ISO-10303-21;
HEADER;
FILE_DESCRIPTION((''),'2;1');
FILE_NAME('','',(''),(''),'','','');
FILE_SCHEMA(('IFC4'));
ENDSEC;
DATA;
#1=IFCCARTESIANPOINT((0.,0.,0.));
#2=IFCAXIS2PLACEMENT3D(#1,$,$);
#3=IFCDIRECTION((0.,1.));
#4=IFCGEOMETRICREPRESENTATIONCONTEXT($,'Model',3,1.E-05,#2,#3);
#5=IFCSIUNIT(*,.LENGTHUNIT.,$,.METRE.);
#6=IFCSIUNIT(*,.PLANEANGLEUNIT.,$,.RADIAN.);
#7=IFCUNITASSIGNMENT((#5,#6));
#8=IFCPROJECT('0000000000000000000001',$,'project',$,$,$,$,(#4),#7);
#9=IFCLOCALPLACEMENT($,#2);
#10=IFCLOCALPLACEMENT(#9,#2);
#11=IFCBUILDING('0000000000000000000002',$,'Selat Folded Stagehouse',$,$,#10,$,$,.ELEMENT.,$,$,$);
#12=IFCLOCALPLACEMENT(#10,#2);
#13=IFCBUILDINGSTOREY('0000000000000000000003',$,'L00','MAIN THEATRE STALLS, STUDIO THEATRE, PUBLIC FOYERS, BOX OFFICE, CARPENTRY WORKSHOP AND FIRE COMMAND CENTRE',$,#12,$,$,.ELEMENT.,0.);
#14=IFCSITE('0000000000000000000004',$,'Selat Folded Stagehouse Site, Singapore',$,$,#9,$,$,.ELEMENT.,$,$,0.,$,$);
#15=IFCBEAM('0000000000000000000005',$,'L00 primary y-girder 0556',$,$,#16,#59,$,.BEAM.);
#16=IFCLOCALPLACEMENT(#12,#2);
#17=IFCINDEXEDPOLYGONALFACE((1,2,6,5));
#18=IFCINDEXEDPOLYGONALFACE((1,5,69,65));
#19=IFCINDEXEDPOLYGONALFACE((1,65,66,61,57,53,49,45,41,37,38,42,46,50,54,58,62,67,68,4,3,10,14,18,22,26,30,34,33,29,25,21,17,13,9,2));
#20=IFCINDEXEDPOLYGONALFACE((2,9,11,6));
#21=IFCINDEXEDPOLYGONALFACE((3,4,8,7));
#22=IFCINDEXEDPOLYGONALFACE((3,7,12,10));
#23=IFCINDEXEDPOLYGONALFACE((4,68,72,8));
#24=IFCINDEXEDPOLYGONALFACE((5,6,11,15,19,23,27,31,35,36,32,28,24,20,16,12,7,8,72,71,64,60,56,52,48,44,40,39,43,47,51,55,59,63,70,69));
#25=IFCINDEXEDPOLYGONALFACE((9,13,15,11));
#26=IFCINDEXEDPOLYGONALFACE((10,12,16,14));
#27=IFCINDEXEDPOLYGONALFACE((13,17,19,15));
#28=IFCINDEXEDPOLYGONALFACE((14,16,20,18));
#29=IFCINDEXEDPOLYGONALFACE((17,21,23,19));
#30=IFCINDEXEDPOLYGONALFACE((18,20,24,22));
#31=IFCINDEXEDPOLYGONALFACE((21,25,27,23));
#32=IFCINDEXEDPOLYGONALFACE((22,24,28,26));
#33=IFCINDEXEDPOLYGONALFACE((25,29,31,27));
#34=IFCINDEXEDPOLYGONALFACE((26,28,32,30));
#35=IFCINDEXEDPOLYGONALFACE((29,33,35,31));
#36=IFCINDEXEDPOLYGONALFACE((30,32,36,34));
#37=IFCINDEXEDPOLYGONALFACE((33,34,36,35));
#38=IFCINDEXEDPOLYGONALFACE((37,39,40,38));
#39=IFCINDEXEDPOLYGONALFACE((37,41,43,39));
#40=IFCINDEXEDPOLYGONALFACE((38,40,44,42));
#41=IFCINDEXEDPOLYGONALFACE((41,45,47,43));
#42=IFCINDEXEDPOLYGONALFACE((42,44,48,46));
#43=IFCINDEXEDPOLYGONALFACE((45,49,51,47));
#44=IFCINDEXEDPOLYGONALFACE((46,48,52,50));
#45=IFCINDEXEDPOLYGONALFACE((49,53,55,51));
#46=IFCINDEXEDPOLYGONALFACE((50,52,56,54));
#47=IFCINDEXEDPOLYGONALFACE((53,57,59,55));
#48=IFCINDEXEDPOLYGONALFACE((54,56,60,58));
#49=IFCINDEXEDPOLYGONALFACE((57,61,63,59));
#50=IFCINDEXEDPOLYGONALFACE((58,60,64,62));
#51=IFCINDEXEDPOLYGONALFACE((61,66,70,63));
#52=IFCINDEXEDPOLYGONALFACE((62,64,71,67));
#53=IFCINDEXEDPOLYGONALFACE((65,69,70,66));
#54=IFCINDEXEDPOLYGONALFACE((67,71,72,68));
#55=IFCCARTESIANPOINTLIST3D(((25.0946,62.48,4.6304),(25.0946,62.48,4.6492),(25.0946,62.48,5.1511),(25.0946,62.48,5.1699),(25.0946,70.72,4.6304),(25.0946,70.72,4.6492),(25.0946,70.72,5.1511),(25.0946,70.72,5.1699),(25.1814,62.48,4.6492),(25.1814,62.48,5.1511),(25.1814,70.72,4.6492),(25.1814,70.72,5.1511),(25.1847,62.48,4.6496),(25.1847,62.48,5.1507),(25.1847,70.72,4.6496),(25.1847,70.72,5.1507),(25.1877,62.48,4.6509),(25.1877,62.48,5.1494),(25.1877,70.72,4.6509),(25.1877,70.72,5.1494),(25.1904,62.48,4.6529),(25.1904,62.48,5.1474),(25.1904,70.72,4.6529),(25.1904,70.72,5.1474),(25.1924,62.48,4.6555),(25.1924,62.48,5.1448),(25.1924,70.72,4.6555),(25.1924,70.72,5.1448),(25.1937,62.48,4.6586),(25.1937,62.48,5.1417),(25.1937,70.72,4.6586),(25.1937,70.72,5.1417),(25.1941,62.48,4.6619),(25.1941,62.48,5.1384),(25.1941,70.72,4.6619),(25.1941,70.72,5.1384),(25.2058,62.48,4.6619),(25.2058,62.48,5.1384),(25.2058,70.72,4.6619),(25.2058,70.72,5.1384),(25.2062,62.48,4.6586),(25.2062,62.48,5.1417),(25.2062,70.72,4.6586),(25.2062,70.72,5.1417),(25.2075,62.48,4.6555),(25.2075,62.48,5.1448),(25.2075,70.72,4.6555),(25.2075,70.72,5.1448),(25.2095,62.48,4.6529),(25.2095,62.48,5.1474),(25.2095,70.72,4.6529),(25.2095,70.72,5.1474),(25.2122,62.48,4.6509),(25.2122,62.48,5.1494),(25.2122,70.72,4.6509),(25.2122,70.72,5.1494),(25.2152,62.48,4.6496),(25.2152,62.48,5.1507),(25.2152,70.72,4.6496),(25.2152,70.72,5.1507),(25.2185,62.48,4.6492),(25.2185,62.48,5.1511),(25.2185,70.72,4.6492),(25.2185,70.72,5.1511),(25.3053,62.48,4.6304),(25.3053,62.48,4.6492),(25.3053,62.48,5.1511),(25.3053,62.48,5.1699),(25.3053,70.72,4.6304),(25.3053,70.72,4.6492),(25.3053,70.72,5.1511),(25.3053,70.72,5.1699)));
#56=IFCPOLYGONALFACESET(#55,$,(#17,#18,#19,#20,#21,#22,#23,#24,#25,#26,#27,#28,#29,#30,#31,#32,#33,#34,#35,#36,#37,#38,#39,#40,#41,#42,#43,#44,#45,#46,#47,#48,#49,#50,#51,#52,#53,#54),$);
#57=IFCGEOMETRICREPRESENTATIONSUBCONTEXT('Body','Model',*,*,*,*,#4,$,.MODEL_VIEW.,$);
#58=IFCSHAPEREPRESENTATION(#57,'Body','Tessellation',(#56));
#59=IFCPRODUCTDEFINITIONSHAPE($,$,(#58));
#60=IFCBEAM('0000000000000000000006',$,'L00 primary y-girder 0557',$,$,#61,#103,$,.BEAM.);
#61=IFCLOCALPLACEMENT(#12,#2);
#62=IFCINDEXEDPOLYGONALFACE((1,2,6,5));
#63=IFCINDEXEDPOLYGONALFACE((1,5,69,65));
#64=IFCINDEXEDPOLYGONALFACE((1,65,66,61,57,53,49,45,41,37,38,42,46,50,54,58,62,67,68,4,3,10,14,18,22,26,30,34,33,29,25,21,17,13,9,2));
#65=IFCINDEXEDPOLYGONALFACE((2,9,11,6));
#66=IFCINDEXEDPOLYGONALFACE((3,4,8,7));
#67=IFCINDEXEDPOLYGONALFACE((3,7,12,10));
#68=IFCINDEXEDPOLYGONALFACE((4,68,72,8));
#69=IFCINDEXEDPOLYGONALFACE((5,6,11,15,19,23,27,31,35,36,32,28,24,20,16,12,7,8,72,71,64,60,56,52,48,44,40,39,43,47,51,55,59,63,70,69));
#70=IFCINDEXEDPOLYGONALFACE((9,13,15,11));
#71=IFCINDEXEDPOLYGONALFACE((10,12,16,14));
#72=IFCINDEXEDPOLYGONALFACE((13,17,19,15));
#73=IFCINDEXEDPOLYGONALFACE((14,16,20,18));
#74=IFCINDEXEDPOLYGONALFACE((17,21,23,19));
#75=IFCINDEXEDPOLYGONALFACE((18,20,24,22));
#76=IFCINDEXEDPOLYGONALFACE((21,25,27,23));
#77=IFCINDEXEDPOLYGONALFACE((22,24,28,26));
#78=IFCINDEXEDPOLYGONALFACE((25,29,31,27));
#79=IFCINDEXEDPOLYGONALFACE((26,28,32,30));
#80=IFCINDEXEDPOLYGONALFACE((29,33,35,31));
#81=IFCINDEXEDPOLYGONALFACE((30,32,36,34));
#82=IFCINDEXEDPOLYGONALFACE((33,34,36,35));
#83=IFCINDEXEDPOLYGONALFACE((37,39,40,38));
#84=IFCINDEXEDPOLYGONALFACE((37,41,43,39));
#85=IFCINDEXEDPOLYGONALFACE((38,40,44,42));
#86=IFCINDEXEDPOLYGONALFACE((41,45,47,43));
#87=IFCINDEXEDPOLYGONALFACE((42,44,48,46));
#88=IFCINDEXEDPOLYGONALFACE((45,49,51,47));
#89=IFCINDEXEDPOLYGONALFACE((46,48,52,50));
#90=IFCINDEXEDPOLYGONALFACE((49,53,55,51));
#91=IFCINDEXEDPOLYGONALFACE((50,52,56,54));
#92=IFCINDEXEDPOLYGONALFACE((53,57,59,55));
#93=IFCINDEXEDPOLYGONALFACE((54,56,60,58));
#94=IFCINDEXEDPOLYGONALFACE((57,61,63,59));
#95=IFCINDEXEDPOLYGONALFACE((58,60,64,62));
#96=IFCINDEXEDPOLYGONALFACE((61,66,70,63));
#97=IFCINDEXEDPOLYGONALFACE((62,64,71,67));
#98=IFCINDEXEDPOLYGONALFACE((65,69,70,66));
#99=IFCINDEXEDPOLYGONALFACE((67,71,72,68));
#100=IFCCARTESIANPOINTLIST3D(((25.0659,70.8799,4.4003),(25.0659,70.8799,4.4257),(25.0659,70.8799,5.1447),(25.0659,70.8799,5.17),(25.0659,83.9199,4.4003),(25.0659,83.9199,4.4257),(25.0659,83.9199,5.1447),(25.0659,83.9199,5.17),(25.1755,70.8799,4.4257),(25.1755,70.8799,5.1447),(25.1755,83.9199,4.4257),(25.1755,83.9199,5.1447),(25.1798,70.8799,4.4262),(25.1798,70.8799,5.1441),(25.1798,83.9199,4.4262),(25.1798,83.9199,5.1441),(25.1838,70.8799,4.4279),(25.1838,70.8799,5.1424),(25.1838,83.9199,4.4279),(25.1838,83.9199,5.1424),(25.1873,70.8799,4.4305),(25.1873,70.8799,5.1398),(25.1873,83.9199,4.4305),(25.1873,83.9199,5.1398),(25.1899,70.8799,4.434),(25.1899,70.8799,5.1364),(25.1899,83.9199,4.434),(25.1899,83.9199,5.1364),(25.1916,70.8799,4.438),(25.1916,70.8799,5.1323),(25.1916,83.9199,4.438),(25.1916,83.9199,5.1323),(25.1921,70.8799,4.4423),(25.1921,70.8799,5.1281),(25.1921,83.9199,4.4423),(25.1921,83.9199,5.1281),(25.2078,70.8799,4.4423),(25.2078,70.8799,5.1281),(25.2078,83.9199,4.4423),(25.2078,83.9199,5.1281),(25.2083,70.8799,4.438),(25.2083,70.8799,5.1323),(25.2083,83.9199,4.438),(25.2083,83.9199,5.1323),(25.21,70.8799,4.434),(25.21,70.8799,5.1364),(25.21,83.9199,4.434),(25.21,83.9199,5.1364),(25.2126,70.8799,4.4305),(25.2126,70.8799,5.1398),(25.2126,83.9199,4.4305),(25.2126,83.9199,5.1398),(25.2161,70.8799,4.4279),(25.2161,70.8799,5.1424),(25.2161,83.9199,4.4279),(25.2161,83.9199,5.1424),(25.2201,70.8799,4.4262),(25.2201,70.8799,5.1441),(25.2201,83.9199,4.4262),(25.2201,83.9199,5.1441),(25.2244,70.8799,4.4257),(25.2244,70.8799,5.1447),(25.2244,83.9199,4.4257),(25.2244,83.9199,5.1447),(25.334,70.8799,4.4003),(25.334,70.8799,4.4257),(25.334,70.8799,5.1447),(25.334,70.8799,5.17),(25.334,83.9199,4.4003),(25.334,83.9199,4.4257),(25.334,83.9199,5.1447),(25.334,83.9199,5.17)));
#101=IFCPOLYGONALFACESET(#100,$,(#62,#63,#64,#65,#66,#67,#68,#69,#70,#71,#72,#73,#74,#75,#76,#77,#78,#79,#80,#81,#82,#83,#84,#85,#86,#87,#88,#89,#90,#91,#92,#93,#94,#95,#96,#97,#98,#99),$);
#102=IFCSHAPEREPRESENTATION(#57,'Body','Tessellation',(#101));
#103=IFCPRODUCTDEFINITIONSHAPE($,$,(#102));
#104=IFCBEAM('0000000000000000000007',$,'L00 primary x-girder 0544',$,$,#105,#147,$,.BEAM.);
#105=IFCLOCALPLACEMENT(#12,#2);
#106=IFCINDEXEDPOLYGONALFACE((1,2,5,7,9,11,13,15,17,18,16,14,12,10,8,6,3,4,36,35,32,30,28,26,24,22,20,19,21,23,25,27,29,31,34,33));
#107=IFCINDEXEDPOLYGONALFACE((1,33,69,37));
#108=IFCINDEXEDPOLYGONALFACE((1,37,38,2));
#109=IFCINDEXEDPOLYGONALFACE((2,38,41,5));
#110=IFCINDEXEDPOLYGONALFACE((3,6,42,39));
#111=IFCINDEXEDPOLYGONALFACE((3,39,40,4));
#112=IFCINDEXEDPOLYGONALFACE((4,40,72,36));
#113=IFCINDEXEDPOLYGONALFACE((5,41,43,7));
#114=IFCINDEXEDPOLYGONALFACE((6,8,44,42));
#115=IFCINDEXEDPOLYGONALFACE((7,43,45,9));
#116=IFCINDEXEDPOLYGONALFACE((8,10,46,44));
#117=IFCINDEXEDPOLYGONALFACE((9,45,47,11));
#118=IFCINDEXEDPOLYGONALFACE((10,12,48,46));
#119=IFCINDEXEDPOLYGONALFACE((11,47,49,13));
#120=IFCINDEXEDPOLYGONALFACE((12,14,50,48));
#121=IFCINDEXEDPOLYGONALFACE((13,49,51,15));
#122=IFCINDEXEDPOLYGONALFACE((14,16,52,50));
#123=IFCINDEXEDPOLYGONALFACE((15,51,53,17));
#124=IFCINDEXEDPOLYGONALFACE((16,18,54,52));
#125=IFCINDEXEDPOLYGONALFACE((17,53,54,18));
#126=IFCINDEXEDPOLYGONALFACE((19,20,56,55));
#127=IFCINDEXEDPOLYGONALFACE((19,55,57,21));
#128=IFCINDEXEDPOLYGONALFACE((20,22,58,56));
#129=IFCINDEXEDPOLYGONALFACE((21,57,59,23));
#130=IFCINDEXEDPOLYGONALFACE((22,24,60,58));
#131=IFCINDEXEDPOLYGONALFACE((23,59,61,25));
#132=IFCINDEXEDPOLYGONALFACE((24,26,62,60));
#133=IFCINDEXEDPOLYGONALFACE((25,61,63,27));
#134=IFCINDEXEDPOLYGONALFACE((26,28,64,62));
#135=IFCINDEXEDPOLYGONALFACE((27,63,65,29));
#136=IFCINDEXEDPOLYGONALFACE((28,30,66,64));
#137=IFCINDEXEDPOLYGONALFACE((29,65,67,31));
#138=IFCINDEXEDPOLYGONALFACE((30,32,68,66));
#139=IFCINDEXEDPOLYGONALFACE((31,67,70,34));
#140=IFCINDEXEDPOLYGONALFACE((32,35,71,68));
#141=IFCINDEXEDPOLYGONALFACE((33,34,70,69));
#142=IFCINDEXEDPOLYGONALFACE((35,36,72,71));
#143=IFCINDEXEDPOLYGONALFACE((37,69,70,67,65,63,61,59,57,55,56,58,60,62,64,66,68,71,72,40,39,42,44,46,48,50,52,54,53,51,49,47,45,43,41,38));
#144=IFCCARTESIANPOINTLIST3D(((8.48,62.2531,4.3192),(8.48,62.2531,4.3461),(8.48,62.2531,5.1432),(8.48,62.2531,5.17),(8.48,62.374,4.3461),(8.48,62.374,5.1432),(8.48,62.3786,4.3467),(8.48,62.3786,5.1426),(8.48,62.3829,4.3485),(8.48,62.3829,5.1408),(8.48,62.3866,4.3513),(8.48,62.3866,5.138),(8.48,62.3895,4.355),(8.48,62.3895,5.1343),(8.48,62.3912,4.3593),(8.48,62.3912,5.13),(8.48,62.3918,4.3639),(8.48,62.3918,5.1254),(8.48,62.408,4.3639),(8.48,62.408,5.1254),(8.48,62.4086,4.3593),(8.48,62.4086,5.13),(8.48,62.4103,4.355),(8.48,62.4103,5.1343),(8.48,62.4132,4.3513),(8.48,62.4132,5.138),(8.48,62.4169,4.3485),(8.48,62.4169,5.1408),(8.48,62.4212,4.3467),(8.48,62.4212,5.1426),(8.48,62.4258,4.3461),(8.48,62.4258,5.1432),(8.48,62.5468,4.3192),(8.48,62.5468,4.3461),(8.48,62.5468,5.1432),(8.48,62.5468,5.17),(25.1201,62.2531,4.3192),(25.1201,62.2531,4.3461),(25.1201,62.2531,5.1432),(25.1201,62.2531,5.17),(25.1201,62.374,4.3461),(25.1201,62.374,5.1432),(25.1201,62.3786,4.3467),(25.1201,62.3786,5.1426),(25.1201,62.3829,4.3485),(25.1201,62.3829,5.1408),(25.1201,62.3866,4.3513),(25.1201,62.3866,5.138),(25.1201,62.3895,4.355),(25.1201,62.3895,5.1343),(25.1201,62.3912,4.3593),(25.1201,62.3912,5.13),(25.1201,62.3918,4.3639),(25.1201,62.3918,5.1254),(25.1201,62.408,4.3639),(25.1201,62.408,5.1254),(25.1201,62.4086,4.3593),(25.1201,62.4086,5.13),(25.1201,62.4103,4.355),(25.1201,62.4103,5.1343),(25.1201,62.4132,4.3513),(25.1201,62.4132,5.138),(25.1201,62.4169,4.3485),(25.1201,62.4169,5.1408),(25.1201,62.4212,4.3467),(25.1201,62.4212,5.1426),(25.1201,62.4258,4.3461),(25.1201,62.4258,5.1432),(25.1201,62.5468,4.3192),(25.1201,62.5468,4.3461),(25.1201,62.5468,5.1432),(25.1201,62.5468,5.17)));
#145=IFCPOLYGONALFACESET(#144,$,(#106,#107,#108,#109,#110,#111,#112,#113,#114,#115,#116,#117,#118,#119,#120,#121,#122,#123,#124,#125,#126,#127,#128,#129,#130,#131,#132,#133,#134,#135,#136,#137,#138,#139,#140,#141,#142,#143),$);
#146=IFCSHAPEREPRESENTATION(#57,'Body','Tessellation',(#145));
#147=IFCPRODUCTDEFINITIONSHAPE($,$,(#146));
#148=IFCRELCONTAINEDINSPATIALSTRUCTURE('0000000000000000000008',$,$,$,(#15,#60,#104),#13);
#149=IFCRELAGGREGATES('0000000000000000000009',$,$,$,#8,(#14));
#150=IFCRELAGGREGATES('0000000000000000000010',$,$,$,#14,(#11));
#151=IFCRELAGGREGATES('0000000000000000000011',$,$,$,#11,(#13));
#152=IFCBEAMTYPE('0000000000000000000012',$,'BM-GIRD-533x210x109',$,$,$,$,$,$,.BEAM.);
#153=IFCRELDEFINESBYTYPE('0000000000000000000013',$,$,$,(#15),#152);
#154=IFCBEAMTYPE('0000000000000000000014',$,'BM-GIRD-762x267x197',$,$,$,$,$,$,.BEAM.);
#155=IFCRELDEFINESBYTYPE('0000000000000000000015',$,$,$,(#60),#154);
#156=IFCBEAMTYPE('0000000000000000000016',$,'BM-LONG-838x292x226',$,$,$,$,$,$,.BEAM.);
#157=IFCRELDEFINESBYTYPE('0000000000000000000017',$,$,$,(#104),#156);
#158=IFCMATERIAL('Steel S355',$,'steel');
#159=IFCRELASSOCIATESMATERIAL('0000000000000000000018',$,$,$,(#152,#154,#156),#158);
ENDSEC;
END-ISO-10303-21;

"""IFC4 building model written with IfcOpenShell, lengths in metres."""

from ifc_helpers import new_model, si_unit, direction, frame, origin, origin_2d, place, context, subcontext, project, spatial, i_section, extrude, material, material_profile, profile_set, type_object, element, save


model = new_model("IFC4")

# Units and contexts
model_context = context("Model", 3, precision=1e-05, world=origin(), true_north=direction((0.0, 1.0)))
body_context = subcontext(model_context, "Body", "Model", "MODEL_VIEW")
ifc_project = project(units=[si_unit("LENGTHUNIT", "METRE"), si_unit("PLANEANGLEUNIT", "RADIAN")], contexts=[model_context])

# Site, building, storey
site_placement = place(None, origin())
site = spatial("IfcSite", under=ifc_project, at=site_placement, Name="Selat Folded Stagehouse Site, Singapore", CompositionType="ELEMENT", RefElevation=0.0)
building_placement = place(site_placement, origin())
building = spatial("IfcBuilding", under=site, at=building_placement, Name="Selat Folded Stagehouse", CompositionType="ELEMENT")
storey_placement = place(building_placement, origin())
storey = spatial("IfcBuildingStorey", under=building, at=storey_placement, Name="L00", Description="MAIN THEATRE STALLS, STUDIO THEATRE, PUBLIC FOYERS, BOX OFFICE, CARPENTRY WORKSHOP AND FIRE COMMAND CENTRE", CompositionType="ELEMENT", Elevation=0.0)

# Shared definitions
ifc_material_1 = material(Name="Steel S355", Category="steel")

# Beams
ifc_material_profile_1 = material_profile(ifc_material_1, i_section(OverallWidth=0.2107, OverallDepth=0.5396, WebThickness=0.0117, FlangeThickness=0.0188, FilletRadius=0.0127, at=origin_2d()), Name="UKB 533x210x109")
ifc_profile_set_1 = profile_set([ifc_material_profile_1], Name="Steel S355")
beam_type_1 = type_object("IfcBeamType", Name="BM-GIRD-533x210x109", PredefinedType="BEAM", material=ifc_profile_set_1)
beam_1_placement = place(storey_placement, frame((25.2, 62.48, 4.9001), z_axis=(0.0, 1.0, 0.0), x_axis=(-1.0, 0.0, 0.0)))
element("IfcBeam", 1, at=beam_1_placement, inside=storey, type_object=beam_type_1, Name="L00 primary y-girder 0556", PredefinedType="BEAM", context=body_context, shape_type="SweptSolid", body=[
    extrude(i_section(OverallWidth=0.2107, OverallDepth=0.5396, WebThickness=0.0117, FlangeThickness=0.0188, FilletRadius=0.0127, at=origin_2d()), origin(), (0.0, 0.0, 1.0), 8.24),
])
ifc_material_profile_2 = material_profile(ifc_material_1, i_section(OverallWidth=0.2681, OverallDepth=0.7698, WebThickness=0.0156, FlangeThickness=0.0254, FilletRadius=0.0166, at=origin_2d()), Name="UKB 762x267x197")
ifc_profile_set_2 = profile_set([ifc_material_profile_2], Name="Steel S355")
beam_type_2 = type_object("IfcBeamType", Name="BM-GIRD-762x267x197", PredefinedType="BEAM", material=ifc_profile_set_2)
beam_2_placement = place(storey_placement, frame((25.2, 70.8799, 4.7852), z_axis=(0.0, 1.0, 0.0), x_axis=(-1.0, 0.0, 0.0)))
element("IfcBeam", 2, at=beam_2_placement, inside=storey, type_object=beam_type_2, Name="L00 primary y-girder 0557", PredefinedType="BEAM", context=body_context, shape_type="SweptSolid", body=[
    extrude(i_section(OverallWidth=0.2681, OverallDepth=0.7698, WebThickness=0.0156, FlangeThickness=0.0254, FilletRadius=0.0166, at=origin_2d()), origin(), (0.0, 0.0, 1.0), 13.04),
])
ifc_material_profile_3 = material_profile(ifc_material_1, i_section(OverallWidth=0.2937, OverallDepth=0.8508, WebThickness=0.0161, FlangeThickness=0.0269, FilletRadius=0.0178, at=origin_2d()), Name="UKB 838x292x226")
ifc_profile_set_3 = profile_set([ifc_material_profile_3], Name="Steel S355")
beam_type_3 = type_object("IfcBeamType", Name="BM-LONG-838x292x226", PredefinedType="BEAM", material=ifc_profile_set_3)
beam_3_placement = place(storey_placement, frame((8.48, 62.3999, 4.7446), z_axis=(1.0, 0.0, 0.0), x_axis=(0.0, 1.0, 0.0)))
element("IfcBeam", 3, at=beam_3_placement, inside=storey, type_object=beam_type_3, Name="L00 primary x-girder 0544", PredefinedType="BEAM", context=body_context, shape_type="SweptSolid", body=[
    extrude(i_section(OverallWidth=0.2937, OverallDepth=0.8508, WebThickness=0.0161, FlangeThickness=0.0269, FilletRadius=0.0178, at=origin_2d()), origin(), (0.0, 0.0, 1.0), 16.6401),
])

save(model, "model.ifc")
